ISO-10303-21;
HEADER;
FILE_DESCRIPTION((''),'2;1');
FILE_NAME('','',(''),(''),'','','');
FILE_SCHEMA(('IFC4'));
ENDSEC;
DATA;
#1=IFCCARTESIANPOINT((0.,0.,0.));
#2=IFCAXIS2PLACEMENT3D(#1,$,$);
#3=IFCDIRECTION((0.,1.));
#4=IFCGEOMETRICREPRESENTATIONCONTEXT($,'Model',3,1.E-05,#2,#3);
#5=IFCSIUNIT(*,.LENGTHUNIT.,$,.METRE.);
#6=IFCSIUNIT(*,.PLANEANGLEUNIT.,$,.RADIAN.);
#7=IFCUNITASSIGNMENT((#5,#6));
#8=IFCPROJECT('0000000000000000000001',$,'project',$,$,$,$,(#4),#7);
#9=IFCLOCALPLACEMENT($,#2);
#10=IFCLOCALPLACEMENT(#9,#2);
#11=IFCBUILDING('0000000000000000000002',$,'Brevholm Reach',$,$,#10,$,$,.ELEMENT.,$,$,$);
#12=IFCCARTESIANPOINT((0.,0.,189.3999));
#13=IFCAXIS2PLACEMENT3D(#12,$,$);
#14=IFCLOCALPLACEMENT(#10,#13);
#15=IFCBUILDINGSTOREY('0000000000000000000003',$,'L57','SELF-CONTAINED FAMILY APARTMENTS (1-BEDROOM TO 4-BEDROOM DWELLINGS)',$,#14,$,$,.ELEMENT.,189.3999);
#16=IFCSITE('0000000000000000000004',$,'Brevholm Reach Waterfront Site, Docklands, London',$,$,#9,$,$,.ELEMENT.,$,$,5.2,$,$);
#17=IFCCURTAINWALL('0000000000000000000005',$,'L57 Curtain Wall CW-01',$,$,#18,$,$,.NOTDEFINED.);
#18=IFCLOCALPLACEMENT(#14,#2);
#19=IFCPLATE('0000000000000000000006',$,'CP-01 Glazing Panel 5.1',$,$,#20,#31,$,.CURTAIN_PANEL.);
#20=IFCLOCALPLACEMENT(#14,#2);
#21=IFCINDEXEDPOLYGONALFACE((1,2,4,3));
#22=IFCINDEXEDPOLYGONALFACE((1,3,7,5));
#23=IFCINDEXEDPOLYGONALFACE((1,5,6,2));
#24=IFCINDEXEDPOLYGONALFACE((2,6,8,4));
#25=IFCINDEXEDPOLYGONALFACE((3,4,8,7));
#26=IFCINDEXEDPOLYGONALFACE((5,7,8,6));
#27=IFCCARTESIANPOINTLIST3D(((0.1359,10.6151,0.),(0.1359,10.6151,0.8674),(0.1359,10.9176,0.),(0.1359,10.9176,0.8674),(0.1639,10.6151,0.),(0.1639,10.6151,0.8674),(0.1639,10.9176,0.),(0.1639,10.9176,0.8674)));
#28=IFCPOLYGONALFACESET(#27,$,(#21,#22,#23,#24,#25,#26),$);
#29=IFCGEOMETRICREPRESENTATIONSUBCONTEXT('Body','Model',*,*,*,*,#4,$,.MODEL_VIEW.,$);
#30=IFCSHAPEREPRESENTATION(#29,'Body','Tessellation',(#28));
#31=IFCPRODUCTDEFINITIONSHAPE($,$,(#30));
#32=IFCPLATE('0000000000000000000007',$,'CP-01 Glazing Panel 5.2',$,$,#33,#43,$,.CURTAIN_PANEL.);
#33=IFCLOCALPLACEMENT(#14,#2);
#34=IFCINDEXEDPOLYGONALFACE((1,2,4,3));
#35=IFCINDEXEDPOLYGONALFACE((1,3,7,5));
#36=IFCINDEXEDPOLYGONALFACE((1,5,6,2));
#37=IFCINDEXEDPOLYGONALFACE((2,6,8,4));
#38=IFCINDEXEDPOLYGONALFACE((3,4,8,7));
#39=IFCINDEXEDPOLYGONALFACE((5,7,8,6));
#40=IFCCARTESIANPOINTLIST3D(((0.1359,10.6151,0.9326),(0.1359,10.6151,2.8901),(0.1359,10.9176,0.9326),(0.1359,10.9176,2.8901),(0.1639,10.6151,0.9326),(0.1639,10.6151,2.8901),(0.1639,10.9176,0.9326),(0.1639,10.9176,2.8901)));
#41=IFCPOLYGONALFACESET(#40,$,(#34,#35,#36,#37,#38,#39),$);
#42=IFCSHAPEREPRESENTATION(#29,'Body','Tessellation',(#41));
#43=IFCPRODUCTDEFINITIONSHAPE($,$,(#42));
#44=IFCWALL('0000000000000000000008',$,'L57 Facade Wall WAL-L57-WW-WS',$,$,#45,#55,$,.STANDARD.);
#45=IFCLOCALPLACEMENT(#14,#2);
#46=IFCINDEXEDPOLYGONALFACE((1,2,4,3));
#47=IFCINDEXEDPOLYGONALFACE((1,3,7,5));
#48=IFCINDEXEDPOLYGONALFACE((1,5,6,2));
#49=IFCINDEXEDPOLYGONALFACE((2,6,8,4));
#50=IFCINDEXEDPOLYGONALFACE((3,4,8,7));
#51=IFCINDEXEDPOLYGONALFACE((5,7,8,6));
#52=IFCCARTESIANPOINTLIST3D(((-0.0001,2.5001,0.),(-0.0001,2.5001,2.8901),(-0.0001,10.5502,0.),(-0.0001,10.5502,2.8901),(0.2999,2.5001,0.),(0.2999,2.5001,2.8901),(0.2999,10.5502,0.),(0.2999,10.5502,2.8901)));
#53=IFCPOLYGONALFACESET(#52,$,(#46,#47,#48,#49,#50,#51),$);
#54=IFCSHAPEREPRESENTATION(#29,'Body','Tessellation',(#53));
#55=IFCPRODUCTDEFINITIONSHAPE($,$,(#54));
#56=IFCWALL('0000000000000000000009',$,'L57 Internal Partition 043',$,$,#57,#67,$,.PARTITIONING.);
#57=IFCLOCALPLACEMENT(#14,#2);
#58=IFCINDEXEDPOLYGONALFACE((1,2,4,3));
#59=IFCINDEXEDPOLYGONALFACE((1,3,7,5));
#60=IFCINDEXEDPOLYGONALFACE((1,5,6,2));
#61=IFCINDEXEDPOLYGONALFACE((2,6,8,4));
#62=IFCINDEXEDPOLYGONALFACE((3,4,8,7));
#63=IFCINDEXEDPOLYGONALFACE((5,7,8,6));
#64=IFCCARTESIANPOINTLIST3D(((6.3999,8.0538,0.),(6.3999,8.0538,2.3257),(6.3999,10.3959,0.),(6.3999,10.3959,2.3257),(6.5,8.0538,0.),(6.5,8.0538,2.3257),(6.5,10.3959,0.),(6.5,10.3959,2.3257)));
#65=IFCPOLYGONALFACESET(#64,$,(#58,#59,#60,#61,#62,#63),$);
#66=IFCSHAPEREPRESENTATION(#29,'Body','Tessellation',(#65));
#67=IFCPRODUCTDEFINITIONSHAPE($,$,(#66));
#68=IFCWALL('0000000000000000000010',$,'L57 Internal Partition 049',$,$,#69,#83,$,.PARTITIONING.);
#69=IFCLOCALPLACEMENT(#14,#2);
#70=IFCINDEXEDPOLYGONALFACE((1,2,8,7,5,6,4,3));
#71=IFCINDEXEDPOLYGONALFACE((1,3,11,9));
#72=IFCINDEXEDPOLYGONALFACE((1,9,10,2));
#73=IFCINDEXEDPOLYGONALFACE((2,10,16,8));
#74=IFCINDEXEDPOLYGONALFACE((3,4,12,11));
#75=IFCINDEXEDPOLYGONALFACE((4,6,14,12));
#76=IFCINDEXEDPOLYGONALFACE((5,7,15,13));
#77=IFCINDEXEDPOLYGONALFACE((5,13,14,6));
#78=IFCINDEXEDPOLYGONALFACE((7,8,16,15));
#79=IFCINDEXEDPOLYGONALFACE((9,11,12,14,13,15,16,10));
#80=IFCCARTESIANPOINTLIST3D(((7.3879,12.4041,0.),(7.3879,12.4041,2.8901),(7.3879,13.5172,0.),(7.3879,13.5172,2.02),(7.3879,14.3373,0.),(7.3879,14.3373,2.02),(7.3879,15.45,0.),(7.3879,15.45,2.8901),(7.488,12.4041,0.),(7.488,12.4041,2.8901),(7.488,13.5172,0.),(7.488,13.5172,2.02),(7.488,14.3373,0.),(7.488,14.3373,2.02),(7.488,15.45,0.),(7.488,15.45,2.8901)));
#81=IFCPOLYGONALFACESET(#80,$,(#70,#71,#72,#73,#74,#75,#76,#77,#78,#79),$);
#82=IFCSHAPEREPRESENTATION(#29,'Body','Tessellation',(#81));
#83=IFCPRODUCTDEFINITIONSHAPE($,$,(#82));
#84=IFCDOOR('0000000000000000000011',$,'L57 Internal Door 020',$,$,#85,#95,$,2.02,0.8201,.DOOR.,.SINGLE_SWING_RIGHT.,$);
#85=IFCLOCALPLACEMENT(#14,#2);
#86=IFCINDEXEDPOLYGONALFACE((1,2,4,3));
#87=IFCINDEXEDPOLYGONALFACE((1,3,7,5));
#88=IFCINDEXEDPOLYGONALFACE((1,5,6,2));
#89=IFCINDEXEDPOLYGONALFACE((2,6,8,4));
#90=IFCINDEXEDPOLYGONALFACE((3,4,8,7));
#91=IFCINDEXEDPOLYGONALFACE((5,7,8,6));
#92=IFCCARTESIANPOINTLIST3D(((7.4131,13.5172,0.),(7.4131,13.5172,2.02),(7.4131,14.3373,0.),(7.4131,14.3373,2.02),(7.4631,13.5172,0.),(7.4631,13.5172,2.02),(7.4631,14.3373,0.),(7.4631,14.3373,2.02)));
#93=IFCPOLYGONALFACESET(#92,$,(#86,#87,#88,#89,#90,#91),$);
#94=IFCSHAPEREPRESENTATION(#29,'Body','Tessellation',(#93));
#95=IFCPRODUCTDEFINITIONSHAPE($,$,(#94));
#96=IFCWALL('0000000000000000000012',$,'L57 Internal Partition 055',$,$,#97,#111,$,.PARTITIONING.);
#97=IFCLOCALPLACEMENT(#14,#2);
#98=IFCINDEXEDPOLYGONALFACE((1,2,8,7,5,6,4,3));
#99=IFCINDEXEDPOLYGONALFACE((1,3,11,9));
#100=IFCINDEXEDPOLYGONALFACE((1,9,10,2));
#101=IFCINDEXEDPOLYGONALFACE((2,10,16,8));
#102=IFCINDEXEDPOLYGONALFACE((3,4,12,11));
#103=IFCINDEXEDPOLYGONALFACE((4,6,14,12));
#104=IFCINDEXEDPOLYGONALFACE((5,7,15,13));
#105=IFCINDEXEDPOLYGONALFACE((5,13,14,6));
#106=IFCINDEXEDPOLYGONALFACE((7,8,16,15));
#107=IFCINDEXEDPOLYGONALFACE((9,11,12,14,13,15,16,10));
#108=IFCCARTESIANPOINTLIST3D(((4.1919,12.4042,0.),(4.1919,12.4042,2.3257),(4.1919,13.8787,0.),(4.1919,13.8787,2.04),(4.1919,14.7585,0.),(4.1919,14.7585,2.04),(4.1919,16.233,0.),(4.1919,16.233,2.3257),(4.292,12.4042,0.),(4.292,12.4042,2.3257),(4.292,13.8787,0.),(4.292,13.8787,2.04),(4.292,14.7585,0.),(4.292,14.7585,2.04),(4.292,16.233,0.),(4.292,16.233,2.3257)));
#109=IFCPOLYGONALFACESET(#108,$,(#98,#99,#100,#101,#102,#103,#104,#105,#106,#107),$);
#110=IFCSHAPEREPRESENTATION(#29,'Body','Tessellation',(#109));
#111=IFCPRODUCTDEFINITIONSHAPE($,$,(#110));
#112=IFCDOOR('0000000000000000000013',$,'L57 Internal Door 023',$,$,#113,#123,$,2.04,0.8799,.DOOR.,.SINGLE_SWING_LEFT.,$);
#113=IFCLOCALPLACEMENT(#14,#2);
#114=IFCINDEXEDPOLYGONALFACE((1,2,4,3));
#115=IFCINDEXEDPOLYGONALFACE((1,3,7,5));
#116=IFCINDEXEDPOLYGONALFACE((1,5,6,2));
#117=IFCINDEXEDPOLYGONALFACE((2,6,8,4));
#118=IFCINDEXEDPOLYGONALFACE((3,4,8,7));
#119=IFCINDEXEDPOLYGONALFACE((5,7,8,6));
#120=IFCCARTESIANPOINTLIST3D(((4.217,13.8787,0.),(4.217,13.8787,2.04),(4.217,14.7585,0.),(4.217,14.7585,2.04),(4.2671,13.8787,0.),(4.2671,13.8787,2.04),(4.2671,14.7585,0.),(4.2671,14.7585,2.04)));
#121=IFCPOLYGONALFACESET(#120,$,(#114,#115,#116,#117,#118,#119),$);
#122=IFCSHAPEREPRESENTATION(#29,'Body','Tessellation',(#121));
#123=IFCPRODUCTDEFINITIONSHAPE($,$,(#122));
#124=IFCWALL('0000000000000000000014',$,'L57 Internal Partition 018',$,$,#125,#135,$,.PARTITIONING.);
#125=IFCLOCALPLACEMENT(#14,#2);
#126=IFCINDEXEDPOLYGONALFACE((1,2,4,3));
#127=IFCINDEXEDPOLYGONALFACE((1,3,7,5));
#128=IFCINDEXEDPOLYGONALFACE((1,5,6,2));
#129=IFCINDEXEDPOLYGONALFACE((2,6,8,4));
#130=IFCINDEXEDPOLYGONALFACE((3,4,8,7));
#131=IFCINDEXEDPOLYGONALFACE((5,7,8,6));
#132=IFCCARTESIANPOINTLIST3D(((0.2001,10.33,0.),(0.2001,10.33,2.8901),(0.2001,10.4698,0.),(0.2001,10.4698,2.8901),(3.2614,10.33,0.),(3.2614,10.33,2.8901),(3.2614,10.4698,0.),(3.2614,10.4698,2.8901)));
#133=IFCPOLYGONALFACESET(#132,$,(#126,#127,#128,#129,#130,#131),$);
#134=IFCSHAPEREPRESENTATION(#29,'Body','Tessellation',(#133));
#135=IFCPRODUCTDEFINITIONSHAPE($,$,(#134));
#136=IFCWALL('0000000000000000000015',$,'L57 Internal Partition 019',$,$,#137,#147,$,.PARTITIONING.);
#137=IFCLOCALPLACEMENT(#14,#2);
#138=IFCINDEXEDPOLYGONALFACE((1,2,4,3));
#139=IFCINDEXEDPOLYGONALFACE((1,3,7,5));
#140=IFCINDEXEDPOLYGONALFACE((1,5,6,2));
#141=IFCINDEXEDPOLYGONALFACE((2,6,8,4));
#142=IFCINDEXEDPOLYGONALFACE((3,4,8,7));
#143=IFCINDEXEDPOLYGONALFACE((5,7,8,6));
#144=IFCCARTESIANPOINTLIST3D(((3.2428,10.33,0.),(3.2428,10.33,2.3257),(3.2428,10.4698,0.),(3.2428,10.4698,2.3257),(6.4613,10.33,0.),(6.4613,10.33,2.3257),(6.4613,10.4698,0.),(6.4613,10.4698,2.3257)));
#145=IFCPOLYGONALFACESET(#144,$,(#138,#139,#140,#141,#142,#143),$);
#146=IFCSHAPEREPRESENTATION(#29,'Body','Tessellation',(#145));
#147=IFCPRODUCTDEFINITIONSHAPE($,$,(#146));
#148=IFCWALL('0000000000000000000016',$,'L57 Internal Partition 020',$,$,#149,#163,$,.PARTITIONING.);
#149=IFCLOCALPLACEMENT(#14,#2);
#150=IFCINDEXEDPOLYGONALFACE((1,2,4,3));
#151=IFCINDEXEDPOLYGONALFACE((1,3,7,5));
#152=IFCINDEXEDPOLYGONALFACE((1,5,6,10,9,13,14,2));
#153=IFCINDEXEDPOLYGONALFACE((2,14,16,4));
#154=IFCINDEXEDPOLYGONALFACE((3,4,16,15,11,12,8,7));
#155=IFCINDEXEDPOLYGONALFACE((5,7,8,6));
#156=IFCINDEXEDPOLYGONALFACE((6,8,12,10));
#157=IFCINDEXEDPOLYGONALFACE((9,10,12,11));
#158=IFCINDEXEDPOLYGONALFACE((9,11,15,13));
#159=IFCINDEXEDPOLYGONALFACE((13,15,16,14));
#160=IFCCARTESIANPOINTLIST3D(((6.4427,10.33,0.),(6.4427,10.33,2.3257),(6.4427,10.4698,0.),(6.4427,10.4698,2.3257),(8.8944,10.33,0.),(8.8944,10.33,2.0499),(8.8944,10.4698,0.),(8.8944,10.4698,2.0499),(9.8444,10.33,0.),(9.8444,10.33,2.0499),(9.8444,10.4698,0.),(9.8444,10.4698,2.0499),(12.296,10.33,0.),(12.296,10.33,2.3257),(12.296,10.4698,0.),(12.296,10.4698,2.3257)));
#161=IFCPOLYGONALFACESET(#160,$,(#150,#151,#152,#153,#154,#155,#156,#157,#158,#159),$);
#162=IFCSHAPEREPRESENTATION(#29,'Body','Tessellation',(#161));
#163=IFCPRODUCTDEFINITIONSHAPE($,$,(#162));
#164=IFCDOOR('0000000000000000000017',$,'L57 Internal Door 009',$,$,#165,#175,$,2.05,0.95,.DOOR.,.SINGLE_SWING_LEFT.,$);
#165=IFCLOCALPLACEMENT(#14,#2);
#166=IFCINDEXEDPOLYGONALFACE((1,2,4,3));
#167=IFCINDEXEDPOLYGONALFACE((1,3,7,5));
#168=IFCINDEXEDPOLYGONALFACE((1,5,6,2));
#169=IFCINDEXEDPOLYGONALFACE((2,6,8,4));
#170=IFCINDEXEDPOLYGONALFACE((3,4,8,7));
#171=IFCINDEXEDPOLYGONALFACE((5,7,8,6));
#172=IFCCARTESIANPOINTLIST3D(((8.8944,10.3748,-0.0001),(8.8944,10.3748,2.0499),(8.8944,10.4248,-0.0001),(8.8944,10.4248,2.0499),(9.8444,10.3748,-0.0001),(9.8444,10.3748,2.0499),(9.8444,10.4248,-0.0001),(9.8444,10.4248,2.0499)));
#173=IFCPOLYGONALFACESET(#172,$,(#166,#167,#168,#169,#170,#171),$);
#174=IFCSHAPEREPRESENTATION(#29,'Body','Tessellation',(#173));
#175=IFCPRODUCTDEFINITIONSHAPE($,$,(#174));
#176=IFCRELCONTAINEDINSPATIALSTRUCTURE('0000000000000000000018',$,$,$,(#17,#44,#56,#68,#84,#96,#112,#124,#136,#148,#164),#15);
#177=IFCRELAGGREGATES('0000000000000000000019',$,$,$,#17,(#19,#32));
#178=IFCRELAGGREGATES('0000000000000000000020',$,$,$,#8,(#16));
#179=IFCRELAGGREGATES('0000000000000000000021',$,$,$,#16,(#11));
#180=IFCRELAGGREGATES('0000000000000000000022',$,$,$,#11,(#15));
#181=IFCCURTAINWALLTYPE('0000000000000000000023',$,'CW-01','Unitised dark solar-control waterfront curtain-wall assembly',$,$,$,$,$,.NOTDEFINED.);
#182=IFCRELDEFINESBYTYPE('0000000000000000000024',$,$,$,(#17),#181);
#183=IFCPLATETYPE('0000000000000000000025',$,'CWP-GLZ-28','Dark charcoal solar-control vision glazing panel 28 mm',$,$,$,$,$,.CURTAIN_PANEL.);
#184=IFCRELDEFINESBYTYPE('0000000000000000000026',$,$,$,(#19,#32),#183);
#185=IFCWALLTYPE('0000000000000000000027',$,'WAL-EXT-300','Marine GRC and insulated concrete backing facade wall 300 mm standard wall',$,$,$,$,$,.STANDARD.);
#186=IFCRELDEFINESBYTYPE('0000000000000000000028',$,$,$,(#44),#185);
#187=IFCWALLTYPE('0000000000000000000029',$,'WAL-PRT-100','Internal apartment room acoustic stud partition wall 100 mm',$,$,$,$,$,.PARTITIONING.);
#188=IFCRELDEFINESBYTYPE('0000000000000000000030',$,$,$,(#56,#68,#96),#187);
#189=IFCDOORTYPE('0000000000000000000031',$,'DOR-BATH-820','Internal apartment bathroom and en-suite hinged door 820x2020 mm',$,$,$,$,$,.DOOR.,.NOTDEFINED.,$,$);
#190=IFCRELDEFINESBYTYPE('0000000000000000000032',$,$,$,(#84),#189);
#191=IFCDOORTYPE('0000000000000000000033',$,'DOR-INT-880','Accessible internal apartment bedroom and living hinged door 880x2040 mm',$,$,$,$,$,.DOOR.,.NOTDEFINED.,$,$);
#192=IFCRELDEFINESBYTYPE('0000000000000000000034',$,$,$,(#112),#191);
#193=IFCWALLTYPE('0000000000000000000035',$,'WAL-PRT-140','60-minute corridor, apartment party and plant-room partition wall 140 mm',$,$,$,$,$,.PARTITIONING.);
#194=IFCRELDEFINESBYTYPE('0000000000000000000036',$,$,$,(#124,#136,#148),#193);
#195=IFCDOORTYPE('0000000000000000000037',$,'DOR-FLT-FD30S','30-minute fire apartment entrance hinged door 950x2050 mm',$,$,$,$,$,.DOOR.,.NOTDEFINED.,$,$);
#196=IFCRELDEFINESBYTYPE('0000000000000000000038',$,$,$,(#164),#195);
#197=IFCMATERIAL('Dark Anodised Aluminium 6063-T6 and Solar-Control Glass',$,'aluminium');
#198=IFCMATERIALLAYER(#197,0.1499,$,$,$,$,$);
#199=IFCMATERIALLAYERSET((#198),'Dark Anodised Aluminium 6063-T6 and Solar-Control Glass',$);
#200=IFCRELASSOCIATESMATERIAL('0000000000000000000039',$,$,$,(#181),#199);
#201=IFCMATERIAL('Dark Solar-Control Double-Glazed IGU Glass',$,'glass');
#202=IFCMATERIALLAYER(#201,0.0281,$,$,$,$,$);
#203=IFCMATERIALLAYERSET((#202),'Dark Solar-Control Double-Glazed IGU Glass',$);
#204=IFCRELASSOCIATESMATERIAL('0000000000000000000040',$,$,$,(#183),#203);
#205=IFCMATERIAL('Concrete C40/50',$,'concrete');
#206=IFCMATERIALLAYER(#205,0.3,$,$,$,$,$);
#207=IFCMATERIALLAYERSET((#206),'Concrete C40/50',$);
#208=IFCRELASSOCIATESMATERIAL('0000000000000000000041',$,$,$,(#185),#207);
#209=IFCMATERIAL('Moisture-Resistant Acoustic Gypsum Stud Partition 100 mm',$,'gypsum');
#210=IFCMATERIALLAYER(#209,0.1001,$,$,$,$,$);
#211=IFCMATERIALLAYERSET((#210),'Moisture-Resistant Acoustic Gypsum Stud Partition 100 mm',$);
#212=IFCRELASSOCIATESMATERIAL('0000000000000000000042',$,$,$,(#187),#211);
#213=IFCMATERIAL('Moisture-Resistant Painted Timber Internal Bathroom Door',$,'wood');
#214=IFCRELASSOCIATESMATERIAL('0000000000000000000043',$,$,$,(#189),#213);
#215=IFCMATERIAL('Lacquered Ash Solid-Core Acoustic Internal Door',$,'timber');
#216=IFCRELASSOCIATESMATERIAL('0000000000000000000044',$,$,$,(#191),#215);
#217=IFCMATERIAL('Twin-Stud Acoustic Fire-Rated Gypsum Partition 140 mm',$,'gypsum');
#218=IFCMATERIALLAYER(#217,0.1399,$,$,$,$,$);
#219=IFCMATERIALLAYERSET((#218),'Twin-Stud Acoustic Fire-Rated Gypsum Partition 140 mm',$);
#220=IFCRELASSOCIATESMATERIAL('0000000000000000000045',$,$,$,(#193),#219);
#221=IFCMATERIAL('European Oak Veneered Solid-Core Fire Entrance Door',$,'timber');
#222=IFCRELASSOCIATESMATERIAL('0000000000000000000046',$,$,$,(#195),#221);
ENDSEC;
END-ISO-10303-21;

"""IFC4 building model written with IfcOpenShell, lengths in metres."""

from ifc_helpers import new_model, si_unit, direction, frame, frame_2d, origin, origin_2d, place, context, subcontext, project, spatial, rectangle, extrude, material, layer, layer_set, type_object, element, fill, aggregate, save


model = new_model("IFC4")

# Units and contexts
model_context = context("Model", 3, precision=1e-05, world=origin(), true_north=direction((0.0, 1.0)))
body_context = subcontext(model_context, "Body", "Model", "MODEL_VIEW")
ifc_project = project(units=[si_unit("LENGTHUNIT", "METRE"), si_unit("PLANEANGLEUNIT", "RADIAN")], contexts=[model_context])

# Site, building, storey
site_placement = place(None, origin())
site = spatial("IfcSite", under=ifc_project, at=site_placement, Name="Brevholm Reach Waterfront Site, Docklands, London", CompositionType="ELEMENT", RefElevation=5.2)
building_placement = place(site_placement, origin())
building = spatial("IfcBuilding", under=site, at=building_placement, Name="Brevholm Reach", CompositionType="ELEMENT")
storey_placement = place(building_placement, frame((0.0, 0.0, 189.3999)))
storey = spatial("IfcBuildingStorey", under=building, at=storey_placement, Name="L57", Description="SELF-CONTAINED FAMILY APARTMENTS (1-BEDROOM TO 4-BEDROOM DWELLINGS)", CompositionType="ELEMENT", Elevation=189.3999)

# Curtain wall, plates
ifc_material_1 = material(Name="Dark Anodised Aluminium 6063-T6 and Solar-Control Glass", Category="aluminium")
ifc_layer_1 = layer(ifc_material_1, 0.1499)
ifc_layer_set_1 = layer_set([ifc_layer_1], Name="Dark Anodised Aluminium 6063-T6 and Solar-Control Glass")
curtain_wall_type = type_object("IfcCurtainWallType", Name="CW-01", Description="Unitised dark solar-control waterfront curtain-wall assembly", PredefinedType="NOTDEFINED", material=ifc_layer_set_1)
curtain_wall_placement = place(storey_placement, origin())
curtain_wall = element("IfcCurtainWall", 1, at=curtain_wall_placement, inside=storey, type_object=curtain_wall_type, Name="L57 Curtain Wall CW-01", PredefinedType="NOTDEFINED")
ifc_material_2 = material(Name="Dark Solar-Control Double-Glazed IGU Glass", Category="glass")
ifc_layer_2 = layer(ifc_material_2, 0.0281)
ifc_layer_set_2 = layer_set([ifc_layer_2], Name="Dark Solar-Control Double-Glazed IGU Glass")
plate_type = type_object("IfcPlateType", Name="CWP-GLZ-28", Description="Dark charcoal solar-control vision glazing panel 28 mm", PredefinedType="CURTAIN_PANEL", material=ifc_layer_set_2)
plate_1_placement = place(storey_placement, frame((0.1499, 10.7664, 0.0), z_axis=(0.0, 0.0, 1.0), x_axis=(0.0, -1.0, 0.0)))
plate_1 = element("IfcPlate", 2, at=plate_1_placement, type_object=plate_type, Name="CP-01 Glazing Panel 5.1", PredefinedType="CURTAIN_PANEL", context=body_context, shape_type="SweptSolid", body=[
    extrude(rectangle(XDim=0.3025, YDim=0.0281, at=origin_2d()), origin(), (0.0, 0.0, 1.0), 0.8674),
])
plate_2_placement = place(storey_placement, frame((0.1499, 10.7664, 0.9326), z_axis=(0.0, 0.0, 1.0), x_axis=(0.0, -1.0, 0.0)))
plate_2 = element("IfcPlate", 3, at=plate_2_placement, type_object=plate_type, Name="CP-01 Glazing Panel 5.2", PredefinedType="CURTAIN_PANEL", context=body_context, shape_type="SweptSolid", body=[
    extrude(rectangle(XDim=0.3025, YDim=0.0281, at=origin_2d()), origin(), (0.0, 0.0, 1.0), 1.9575),
])
aggregate(curtain_wall, [plate_1, plate_2])

# Walls
ifc_material_3 = material(Name="Concrete C40/50", Category="concrete")
ifc_layer_3 = layer(ifc_material_3, 0.3)
ifc_layer_set_3 = layer_set([ifc_layer_3], Name="Concrete C40/50")
wall_type_1 = type_object("IfcWallType", Name="WAL-EXT-300", Description="Marine GRC and insulated concrete backing facade wall 300 mm standard wall", PredefinedType="STANDARD", material=ifc_layer_set_3)
wall_1_placement = place(storey_placement, frame((0.1499, 10.55, 0.0), z_axis=(0.0, 0.0, 1.0), x_axis=(0.0, -1.0, 0.0)))
element("IfcWall", 4, at=wall_1_placement, inside=storey, type_object=wall_type_1, Name="L57 Facade Wall WAL-L57-WW-WS", PredefinedType="STANDARD", context=body_context, shape_type="SweptSolid", body=[
    extrude(rectangle(XDim=8.05, YDim=0.3, at=frame_2d((4.0249, 0.0))), origin(), (0.0, 0.0, 1.0), 2.8901),
])
ifc_material_4 = material(Name="Moisture-Resistant Acoustic Gypsum Stud Partition 100 mm", Category="gypsum")
ifc_layer_4 = layer(ifc_material_4, 0.1001)
ifc_layer_set_4 = layer_set([ifc_layer_4], Name="Moisture-Resistant Acoustic Gypsum Stud Partition 100 mm")
wall_type_2 = type_object("IfcWallType", Name="WAL-PRT-100", Description="Internal apartment room acoustic stud partition wall 100 mm", PredefinedType="PARTITIONING", material=ifc_layer_set_4)
wall_2_placement = place(storey_placement, frame((6.45, 8.054, 0.0), z_axis=(0.0, 0.0, 1.0), x_axis=(0.0, 1.0, 0.0)))
element("IfcWall", 5, at=wall_2_placement, inside=storey, type_object=wall_type_2, Name="L57 Internal Partition 043", PredefinedType="PARTITIONING", context=body_context, shape_type="SweptSolid", body=[
    extrude(rectangle(XDim=2.342, YDim=0.1001, at=frame_2d((1.1709, 0.0))), origin(), (0.0, 0.0, 1.0), 2.3257),
])

# Walls, openings, doors
wall_3_placement = place(storey_placement, frame((7.438, 12.4041, 0.0), z_axis=(0.0, 0.0, 1.0), x_axis=(0.0, 1.0, 0.0)))
wall_3 = element("IfcWall", 6, at=wall_3_placement, inside=storey, type_object=wall_type_2, Name="L57 Internal Partition 049", PredefinedType="PARTITIONING", context=body_context, shape_type="SweptSolid", body=[
    extrude(rectangle(XDim=3.0459, YDim=0.1001, at=frame_2d((1.5229, 0.0))), origin(), (0.0, 0.0, 1.0), 2.8901),
])
opening_1_placement = place(wall_3_placement, frame((1.113, 0.0, 0.0)))
opening_1 = element("IfcOpeningElement", 7, at=opening_1_placement, cuts=wall_3, PredefinedType="OPENING", context=body_context, shape_type="SweptSolid", body=[
    extrude(rectangle(XDim=0.8201, YDim=2.02, at=frame_2d((0.4102, 1.01))), frame((0.0, 0.0601, 0.0), z_axis=(0.0, -1.0, 0.0), x_axis=(1.0, 0.0, 0.0)), (0.0, 0.0, 1.0), 0.1201),
])
ifc_material_5 = material(Name="Moisture-Resistant Painted Timber Internal Bathroom Door", Category="wood")
door_type_1 = type_object("IfcDoorType", Name="DOR-BATH-820", Description="Internal apartment bathroom and en-suite hinged door 820x2020 mm", OperationType="NOTDEFINED", PredefinedType="DOOR", material=ifc_material_5)
door_1_placement = place(opening_1_placement, origin())
door_1 = element("IfcDoor", 8, at=door_1_placement, inside=storey, type_object=door_type_1, Name="L57 Internal Door 020", OperationType="SINGLE_SWING_RIGHT", OverallHeight=2.02, OverallWidth=0.8201, PredefinedType="DOOR", context=body_context, shape_type="SweptSolid", body=[
    extrude(rectangle(XDim=0.8201, YDim=2.02, at=frame_2d((0.4102, 1.01))), frame((0.0, 0.0249, 0.0), z_axis=(0.0, -1.0, 0.0), x_axis=(1.0, 0.0, 0.0)), (0.0, 0.0, 1.0), 0.05),
])
fill(opening_1, door_1)
wall_4_placement = place(storey_placement, frame((4.2419, 12.4041, 0.0), z_axis=(0.0, 0.0, 1.0), x_axis=(0.0, 1.0, 0.0)))
wall_4 = element("IfcWall", 9, at=wall_4_placement, inside=storey, type_object=wall_type_2, Name="L57 Internal Partition 055", PredefinedType="PARTITIONING", context=body_context, shape_type="SweptSolid", body=[
    extrude(rectangle(XDim=3.8289, YDim=0.1001, at=frame_2d((1.9146, 0.0))), origin(), (0.0, 0.0, 1.0), 2.3257),
])
opening_2_placement = place(wall_4_placement, frame((1.4746, 0.0, 0.0)))
opening_2 = element("IfcOpeningElement", 10, at=opening_2_placement, cuts=wall_4, PredefinedType="OPENING", context=body_context, shape_type="SweptSolid", body=[
    extrude(rectangle(XDim=0.8799, YDim=2.04, at=frame_2d((0.4399, 1.02))), frame((0.0, 0.0601, 0.0), z_axis=(0.0, -1.0, 0.0), x_axis=(1.0, 0.0, 0.0)), (0.0, 0.0, 1.0), 0.1201),
])
ifc_material_6 = material(Name="Lacquered Ash Solid-Core Acoustic Internal Door", Category="timber")
door_type_2 = type_object("IfcDoorType", Name="DOR-INT-880", Description="Accessible internal apartment bedroom and living hinged door 880x2040 mm", OperationType="NOTDEFINED", PredefinedType="DOOR", material=ifc_material_6)
door_2_placement = place(opening_2_placement, origin())
door_2 = element("IfcDoor", 11, at=door_2_placement, inside=storey, type_object=door_type_2, Name="L57 Internal Door 023", OperationType="SINGLE_SWING_LEFT", OverallHeight=2.04, OverallWidth=0.8799, PredefinedType="DOOR", context=body_context, shape_type="SweptSolid", body=[
    extrude(rectangle(XDim=0.8799, YDim=2.04, at=frame_2d((0.4399, 1.02))), frame((0.0, 0.0249, 0.0), z_axis=(0.0, -1.0, 0.0), x_axis=(1.0, 0.0, 0.0)), (0.0, 0.0, 1.0), 0.05),
])
fill(opening_2, door_2)

# Walls
ifc_material_7 = material(Name="Twin-Stud Acoustic Fire-Rated Gypsum Partition 140 mm", Category="gypsum")
ifc_layer_5 = layer(ifc_material_7, 0.1399)
ifc_layer_set_5 = layer_set([ifc_layer_5], Name="Twin-Stud Acoustic Fire-Rated Gypsum Partition 140 mm")
wall_type_3 = type_object("IfcWallType", Name="WAL-PRT-140", Description="60-minute corridor, apartment party and plant-room partition wall 140 mm", PredefinedType="PARTITIONING", material=ifc_layer_set_5)
wall_5_placement = place(storey_placement, frame((0.2, 10.3999, 0.0), z_axis=(0.0, 0.0, 1.0), x_axis=(1.0, 0.0, 0.0)))
element("IfcWall", 12, at=wall_5_placement, inside=storey, type_object=wall_type_3, Name="L57 Internal Partition 018", PredefinedType="PARTITIONING", context=body_context, shape_type="SweptSolid", body=[
    extrude(rectangle(XDim=3.0613, YDim=0.1399, at=frame_2d((1.5308, 0.0))), origin(), (0.0, 0.0, 1.0), 2.8901),
])
wall_6_placement = place(storey_placement, frame((3.2427, 10.3999, 0.0), z_axis=(0.0, 0.0, 1.0), x_axis=(1.0, 0.0, 0.0)))
element("IfcWall", 13, at=wall_6_placement, inside=storey, type_object=wall_type_3, Name="L57 Internal Partition 019", PredefinedType="PARTITIONING", context=body_context, shape_type="SweptSolid", body=[
    extrude(rectangle(XDim=3.2185, YDim=0.1399, at=frame_2d((1.6094, 0.0))), origin(), (0.0, 0.0, 1.0), 2.3257),
])

# Wall, opening, door
wall_7_placement = place(storey_placement, frame((6.4426, 10.3999, 0.0), z_axis=(0.0, 0.0, 1.0), x_axis=(1.0, 0.0, 0.0)))
wall_7 = element("IfcWall", 14, at=wall_7_placement, inside=storey, type_object=wall_type_3, Name="L57 Internal Partition 020", PredefinedType="PARTITIONING", context=body_context, shape_type="SweptSolid", body=[
    extrude(rectangle(XDim=5.8533, YDim=0.1399, at=frame_2d((2.9268, 0.0))), origin(), (0.0, 0.0, 1.0), 2.3257),
])
opening_3_placement = place(wall_7_placement, frame((2.4517, 0.0, 0.0)))
opening_3 = element("IfcOpeningElement", 15, at=opening_3_placement, cuts=wall_7, PredefinedType="OPENING", context=body_context, shape_type="SweptSolid", body=[
    extrude(rectangle(XDim=0.95, YDim=2.05, at=frame_2d((0.4751, 1.0249))), frame((0.0, 0.0798, 0.0), z_axis=(0.0, -1.0, 0.0), x_axis=(1.0, 0.0, 0.0)), (0.0, 0.0, 1.0), 0.1599),
])
ifc_material_8 = material(Name="European Oak Veneered Solid-Core Fire Entrance Door", Category="timber")
door_type_3 = type_object("IfcDoorType", Name="DOR-FLT-FD30S", Description="30-minute fire apartment entrance hinged door 950x2050 mm", OperationType="NOTDEFINED", PredefinedType="DOOR", material=ifc_material_8)
door_3_placement = place(opening_3_placement, origin())
door_3 = element("IfcDoor", 16, at=door_3_placement, inside=storey, type_object=door_type_3, Name="L57 Internal Door 009", OperationType="SINGLE_SWING_LEFT", OverallHeight=2.05, OverallWidth=0.95, PredefinedType="DOOR", context=body_context, shape_type="SweptSolid", body=[
    extrude(rectangle(XDim=0.95, YDim=2.05, at=frame_2d((0.4751, 1.0249))), frame((0.0, 0.0249, 0.0), z_axis=(0.0, -1.0, 0.0), x_axis=(1.0, 0.0, 0.0)), (0.0, 0.0, 1.0), 0.05),
])
fill(opening_3, door_3)

save(model, "model.ifc")
